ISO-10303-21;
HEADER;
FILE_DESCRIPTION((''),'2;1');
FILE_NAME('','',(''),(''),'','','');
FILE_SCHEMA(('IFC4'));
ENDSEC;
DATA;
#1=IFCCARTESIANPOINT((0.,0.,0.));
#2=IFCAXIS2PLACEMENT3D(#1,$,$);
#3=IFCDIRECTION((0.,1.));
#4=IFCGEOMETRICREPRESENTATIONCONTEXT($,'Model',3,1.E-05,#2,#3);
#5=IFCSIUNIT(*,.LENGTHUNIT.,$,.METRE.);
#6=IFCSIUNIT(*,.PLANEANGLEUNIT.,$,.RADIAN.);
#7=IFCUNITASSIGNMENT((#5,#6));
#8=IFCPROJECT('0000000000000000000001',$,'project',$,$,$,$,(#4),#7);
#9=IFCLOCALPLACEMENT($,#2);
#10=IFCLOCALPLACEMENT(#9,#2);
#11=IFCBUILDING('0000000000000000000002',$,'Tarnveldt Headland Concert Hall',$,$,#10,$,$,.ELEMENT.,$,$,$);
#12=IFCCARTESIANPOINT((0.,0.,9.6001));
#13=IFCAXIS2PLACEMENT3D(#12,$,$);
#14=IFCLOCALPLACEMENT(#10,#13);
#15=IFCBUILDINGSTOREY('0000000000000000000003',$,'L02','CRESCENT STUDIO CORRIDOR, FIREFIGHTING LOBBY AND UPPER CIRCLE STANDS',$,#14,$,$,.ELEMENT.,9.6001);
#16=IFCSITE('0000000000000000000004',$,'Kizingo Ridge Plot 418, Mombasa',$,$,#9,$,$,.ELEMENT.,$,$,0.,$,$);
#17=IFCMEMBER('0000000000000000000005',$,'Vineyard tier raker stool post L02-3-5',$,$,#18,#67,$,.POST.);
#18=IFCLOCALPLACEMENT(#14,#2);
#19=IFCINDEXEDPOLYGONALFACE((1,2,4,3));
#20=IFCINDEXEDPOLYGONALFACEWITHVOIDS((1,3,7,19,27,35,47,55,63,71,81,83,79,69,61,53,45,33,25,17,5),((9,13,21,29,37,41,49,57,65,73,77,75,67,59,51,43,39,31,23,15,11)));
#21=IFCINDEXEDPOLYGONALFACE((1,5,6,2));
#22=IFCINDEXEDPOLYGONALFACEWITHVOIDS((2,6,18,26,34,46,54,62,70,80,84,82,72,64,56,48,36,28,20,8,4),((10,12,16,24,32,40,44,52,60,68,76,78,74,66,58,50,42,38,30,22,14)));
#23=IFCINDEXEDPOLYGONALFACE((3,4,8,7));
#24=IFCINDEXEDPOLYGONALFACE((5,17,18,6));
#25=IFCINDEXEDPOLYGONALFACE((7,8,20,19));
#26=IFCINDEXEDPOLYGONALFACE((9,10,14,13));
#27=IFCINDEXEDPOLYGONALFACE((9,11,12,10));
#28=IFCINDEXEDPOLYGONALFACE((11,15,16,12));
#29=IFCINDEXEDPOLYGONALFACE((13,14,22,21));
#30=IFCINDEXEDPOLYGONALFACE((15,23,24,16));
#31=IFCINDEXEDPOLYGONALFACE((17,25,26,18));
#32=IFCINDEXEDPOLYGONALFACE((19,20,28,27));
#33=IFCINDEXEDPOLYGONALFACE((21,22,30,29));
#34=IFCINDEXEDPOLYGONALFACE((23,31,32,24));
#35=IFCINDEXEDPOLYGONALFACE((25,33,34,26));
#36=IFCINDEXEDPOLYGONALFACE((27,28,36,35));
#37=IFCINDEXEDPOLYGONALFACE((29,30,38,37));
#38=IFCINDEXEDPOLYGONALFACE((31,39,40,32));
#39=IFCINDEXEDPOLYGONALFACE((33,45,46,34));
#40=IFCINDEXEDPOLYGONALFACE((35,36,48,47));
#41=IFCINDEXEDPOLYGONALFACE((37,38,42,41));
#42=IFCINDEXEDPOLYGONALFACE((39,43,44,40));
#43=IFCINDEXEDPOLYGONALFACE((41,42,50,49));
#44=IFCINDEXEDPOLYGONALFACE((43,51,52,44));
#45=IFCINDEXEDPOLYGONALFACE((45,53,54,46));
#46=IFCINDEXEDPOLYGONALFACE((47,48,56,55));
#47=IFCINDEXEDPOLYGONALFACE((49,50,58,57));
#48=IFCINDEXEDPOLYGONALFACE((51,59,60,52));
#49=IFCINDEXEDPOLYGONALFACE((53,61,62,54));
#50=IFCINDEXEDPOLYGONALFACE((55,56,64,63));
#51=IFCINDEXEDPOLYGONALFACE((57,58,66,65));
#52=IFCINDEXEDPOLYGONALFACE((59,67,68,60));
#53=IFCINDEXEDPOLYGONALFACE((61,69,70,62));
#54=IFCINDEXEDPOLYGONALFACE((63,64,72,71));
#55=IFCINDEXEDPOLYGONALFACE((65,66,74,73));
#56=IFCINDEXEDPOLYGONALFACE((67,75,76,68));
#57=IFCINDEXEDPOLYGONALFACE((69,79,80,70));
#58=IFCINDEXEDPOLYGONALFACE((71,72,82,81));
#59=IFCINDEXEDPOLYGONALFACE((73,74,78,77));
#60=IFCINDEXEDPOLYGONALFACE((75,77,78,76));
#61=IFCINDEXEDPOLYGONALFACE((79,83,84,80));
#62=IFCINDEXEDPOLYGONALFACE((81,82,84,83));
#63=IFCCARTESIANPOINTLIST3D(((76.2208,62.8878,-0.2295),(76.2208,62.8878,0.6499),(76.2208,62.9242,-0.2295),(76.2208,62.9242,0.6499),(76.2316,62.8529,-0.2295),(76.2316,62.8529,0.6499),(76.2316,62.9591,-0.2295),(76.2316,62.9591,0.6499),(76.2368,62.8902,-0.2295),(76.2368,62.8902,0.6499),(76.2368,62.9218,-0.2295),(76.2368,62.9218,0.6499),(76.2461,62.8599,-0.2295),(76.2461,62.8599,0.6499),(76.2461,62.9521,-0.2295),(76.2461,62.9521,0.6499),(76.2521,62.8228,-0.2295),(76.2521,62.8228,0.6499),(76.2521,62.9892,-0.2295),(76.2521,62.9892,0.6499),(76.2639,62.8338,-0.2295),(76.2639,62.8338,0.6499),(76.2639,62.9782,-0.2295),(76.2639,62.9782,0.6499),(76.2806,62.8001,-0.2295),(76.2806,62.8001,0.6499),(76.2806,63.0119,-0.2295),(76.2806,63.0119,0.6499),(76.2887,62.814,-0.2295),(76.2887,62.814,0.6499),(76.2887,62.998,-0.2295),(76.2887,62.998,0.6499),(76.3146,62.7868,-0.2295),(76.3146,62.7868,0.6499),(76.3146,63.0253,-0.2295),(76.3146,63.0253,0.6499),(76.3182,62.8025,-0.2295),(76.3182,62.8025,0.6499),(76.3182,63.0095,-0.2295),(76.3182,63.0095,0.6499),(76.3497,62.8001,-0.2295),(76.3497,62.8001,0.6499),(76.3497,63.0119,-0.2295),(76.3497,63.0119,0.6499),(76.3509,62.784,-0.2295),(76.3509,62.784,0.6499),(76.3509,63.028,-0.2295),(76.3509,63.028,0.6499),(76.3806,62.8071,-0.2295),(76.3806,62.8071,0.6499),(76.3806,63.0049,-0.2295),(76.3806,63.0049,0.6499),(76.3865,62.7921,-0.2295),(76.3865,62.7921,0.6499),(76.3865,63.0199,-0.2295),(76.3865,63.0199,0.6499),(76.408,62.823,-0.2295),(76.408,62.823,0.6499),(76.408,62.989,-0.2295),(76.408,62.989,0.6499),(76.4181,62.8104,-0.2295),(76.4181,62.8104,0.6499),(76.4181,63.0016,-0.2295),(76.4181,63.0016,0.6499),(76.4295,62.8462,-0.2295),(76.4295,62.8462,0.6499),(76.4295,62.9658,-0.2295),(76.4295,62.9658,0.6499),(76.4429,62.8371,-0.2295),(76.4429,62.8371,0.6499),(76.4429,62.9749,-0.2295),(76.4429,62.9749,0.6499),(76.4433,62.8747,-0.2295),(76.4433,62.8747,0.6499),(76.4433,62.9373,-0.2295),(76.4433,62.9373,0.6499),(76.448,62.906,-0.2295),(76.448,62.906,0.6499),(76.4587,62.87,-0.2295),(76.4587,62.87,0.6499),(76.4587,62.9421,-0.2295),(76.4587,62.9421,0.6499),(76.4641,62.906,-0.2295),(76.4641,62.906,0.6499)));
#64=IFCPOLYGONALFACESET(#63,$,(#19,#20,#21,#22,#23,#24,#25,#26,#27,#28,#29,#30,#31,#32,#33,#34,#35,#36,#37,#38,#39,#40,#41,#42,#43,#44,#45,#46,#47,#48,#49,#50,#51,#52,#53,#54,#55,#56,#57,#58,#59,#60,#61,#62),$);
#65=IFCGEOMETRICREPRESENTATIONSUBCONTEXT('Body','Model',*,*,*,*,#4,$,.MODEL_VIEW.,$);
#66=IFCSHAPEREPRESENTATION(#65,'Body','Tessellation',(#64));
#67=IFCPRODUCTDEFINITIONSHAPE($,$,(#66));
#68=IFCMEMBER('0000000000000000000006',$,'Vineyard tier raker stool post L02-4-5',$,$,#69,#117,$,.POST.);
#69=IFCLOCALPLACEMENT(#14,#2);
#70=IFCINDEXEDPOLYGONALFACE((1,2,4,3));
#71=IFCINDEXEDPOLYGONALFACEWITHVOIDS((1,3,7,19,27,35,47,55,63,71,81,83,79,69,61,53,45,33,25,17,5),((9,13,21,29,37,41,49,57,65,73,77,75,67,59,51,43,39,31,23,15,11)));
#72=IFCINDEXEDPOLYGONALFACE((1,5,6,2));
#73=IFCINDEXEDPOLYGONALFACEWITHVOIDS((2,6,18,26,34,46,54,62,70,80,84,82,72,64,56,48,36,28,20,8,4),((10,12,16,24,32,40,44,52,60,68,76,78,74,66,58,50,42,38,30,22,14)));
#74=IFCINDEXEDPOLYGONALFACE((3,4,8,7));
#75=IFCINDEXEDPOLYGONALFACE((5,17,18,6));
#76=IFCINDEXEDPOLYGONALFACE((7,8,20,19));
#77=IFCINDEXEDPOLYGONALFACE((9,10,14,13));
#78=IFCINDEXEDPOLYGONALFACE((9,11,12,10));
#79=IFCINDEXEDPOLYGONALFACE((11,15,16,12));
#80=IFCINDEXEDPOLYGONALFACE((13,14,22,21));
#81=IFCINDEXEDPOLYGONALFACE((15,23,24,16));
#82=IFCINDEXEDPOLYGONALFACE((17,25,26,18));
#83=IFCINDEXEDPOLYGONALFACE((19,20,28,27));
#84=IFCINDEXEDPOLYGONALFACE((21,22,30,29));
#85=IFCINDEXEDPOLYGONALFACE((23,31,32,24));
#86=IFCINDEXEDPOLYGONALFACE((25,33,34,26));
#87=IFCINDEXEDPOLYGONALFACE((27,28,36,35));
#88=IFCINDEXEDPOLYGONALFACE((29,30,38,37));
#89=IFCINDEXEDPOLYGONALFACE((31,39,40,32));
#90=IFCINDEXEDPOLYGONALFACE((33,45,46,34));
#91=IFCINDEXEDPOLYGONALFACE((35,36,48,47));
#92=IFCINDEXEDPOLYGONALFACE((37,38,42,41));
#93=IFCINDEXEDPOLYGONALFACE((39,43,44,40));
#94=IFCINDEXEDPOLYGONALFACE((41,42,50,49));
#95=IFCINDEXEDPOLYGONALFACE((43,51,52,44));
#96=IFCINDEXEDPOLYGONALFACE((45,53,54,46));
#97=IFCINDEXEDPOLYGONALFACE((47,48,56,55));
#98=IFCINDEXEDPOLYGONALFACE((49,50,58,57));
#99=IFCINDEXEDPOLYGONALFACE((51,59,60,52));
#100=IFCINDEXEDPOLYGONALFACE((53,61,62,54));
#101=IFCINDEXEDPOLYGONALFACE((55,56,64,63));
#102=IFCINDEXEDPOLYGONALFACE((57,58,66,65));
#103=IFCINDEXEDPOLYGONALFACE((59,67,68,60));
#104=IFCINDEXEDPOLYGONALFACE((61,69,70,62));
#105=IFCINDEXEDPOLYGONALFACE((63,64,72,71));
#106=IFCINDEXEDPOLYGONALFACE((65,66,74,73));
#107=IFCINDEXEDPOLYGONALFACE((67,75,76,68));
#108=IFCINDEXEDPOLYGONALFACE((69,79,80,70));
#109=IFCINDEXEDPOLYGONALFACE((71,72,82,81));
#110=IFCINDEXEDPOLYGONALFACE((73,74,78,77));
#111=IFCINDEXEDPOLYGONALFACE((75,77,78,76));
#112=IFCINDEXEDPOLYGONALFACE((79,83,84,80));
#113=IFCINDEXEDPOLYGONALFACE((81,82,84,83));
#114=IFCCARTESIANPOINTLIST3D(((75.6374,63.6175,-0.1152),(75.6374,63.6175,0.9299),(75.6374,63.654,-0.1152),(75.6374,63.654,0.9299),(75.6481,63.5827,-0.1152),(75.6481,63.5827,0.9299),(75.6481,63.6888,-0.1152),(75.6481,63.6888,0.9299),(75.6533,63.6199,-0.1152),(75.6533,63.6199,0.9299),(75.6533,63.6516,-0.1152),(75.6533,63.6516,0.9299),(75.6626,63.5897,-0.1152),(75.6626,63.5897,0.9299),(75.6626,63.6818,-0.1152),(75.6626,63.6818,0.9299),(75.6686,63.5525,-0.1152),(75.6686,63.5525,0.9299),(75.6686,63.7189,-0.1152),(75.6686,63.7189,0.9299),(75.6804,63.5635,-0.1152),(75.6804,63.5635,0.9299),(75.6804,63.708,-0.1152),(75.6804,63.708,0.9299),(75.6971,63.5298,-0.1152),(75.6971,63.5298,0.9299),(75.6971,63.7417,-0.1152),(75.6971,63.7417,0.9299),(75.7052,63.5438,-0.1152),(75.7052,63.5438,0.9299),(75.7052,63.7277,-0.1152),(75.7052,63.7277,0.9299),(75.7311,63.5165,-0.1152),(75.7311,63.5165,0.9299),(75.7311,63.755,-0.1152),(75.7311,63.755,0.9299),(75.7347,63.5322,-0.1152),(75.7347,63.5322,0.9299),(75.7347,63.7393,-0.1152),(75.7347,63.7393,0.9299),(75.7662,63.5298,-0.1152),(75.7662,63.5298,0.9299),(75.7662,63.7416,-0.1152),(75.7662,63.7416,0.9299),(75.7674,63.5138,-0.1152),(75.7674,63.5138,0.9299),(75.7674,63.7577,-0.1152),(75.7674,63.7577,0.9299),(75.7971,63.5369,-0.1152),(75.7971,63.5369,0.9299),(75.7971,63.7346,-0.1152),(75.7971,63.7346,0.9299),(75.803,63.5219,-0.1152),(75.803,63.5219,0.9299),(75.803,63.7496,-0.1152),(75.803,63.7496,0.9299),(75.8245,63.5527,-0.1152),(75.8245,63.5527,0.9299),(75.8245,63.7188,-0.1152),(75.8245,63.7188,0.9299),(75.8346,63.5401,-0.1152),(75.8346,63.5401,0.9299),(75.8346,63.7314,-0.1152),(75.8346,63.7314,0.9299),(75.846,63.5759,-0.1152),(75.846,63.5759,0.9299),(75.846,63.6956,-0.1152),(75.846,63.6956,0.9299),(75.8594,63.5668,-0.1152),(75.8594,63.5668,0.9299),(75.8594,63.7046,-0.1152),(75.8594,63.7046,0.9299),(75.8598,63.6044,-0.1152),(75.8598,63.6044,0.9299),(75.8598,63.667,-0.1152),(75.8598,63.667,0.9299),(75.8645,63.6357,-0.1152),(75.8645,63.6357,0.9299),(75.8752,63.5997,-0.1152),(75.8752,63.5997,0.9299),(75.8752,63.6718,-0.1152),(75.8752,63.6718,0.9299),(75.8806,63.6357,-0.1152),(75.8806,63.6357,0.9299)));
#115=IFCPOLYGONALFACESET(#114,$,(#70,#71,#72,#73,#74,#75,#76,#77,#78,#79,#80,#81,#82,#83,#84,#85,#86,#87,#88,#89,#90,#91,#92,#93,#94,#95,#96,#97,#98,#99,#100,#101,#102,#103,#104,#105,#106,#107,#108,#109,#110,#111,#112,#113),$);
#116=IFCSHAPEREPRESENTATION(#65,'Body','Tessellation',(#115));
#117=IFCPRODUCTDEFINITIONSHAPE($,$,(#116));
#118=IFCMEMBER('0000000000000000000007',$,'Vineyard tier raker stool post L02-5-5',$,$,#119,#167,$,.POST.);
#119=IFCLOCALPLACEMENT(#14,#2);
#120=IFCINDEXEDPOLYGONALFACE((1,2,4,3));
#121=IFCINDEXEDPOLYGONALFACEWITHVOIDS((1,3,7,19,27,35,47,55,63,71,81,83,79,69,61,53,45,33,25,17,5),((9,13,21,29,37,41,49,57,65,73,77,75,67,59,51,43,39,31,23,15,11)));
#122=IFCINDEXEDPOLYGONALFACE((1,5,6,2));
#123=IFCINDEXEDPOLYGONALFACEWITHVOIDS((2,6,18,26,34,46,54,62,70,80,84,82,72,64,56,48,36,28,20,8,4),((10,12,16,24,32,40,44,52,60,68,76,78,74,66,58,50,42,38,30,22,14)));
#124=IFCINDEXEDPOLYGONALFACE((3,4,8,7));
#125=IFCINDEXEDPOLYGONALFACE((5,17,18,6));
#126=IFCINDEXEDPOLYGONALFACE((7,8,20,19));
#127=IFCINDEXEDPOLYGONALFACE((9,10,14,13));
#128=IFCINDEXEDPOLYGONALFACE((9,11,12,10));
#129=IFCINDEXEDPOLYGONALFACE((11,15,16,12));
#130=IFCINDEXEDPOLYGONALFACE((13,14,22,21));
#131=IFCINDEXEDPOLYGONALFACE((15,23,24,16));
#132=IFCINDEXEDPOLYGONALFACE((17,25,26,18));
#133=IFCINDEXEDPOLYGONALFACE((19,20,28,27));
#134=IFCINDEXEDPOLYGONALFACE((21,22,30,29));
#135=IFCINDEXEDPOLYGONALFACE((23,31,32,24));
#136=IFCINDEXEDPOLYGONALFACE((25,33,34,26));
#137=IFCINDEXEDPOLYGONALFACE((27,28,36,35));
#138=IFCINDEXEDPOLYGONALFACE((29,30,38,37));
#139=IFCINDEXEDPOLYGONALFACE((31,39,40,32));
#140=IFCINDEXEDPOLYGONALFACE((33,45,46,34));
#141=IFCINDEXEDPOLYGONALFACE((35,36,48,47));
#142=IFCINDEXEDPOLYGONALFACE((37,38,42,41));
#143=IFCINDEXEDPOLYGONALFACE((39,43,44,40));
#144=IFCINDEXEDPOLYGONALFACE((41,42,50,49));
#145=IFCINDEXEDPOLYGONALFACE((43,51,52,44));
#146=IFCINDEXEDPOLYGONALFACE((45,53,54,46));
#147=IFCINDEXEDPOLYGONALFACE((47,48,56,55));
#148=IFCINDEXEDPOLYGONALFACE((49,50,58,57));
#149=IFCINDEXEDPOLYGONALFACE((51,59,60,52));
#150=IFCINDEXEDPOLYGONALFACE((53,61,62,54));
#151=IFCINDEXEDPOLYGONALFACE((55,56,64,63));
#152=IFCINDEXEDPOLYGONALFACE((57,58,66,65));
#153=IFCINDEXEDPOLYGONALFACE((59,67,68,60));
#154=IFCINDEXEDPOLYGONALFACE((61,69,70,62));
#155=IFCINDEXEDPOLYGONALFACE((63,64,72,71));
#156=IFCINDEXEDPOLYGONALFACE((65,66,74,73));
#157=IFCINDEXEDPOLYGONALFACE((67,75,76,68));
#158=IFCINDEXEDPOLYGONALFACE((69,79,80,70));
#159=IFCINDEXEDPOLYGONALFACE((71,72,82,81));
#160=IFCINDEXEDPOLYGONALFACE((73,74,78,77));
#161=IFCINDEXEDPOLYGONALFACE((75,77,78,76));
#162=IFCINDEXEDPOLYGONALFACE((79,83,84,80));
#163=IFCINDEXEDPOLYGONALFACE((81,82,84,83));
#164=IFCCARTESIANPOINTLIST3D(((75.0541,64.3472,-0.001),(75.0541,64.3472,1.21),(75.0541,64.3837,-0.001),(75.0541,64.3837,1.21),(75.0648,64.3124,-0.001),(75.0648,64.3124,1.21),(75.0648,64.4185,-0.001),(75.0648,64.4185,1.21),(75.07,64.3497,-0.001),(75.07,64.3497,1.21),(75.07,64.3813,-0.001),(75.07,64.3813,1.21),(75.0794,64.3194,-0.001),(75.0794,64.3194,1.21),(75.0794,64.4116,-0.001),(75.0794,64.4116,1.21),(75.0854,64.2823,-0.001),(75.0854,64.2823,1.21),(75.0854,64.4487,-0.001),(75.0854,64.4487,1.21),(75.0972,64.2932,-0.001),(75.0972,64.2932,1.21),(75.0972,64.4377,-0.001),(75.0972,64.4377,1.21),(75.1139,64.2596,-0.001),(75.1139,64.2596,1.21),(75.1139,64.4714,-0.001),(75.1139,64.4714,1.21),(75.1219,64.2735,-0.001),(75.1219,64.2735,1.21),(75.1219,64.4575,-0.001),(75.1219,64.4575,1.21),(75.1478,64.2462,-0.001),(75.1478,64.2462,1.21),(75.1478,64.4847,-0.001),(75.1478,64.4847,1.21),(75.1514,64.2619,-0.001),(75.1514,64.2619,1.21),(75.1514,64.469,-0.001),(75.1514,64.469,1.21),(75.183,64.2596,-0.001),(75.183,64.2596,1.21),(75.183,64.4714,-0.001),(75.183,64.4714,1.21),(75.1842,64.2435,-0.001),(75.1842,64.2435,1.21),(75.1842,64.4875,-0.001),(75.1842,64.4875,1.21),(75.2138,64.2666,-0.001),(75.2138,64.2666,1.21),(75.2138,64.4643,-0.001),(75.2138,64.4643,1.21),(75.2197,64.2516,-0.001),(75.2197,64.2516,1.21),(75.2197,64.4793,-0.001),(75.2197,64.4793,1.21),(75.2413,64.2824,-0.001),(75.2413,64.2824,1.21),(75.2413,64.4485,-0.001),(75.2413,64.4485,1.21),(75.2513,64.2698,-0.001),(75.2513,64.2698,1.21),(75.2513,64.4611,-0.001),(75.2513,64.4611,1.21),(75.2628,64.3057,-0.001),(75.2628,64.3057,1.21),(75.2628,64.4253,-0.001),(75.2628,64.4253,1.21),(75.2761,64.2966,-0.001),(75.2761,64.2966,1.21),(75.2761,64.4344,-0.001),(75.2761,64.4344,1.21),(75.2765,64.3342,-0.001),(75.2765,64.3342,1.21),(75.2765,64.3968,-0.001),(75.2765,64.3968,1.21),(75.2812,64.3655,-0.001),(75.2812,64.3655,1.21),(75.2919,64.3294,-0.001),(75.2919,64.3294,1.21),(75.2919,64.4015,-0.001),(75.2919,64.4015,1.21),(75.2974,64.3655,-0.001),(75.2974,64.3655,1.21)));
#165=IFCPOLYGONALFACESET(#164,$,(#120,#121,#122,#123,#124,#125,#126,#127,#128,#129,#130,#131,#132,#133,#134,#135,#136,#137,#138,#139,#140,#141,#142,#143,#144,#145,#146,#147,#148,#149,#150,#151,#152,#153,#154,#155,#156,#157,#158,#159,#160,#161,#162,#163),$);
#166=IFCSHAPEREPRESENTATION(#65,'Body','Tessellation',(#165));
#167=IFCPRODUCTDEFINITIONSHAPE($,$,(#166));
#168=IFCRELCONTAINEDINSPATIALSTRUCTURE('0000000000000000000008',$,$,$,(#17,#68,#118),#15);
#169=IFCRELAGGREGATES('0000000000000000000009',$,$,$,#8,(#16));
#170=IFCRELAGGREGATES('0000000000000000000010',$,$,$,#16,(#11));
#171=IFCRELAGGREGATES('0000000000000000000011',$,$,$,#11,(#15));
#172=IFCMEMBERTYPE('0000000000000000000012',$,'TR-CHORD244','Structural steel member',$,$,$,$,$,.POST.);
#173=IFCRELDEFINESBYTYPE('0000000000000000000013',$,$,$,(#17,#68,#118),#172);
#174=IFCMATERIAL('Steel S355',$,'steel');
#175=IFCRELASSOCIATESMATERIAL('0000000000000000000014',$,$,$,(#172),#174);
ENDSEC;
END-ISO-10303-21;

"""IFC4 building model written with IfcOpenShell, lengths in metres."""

from ifc_helpers import new_model, si_unit, direction, frame, origin, origin_2d, place, context, subcontext, project, spatial, hollow_circle, extrude, material, material_profile, profile_set, type_object, element, save


model = new_model("IFC4")

# Units and contexts
model_context = context("Model", 3, precision=1e-05, world=origin(), true_north=direction((0.0, 1.0)))
body_context = subcontext(model_context, "Body", "Model", "MODEL_VIEW")
ifc_project = project(units=[si_unit("LENGTHUNIT", "METRE"), si_unit("PLANEANGLEUNIT", "RADIAN")], contexts=[model_context])

# Site, building, storey
site_placement = place(None, origin())
site = spatial("IfcSite", under=ifc_project, at=site_placement, Name="Kizingo Ridge Plot 418, Mombasa", CompositionType="ELEMENT", RefElevation=0.0)
building_placement = place(site_placement, origin())
building = spatial("IfcBuilding", under=site, at=building_placement, Name="Tarnveldt Headland Concert Hall", CompositionType="ELEMENT")
storey_placement = place(building_placement, frame((0.0, 0.0, 9.6001)))
storey = spatial("IfcBuildingStorey", under=building, at=storey_placement, Name="L02", Description="CRESCENT STUDIO CORRIDOR, FIREFIGHTING LOBBY AND UPPER CIRCLE STANDS", CompositionType="ELEMENT", Elevation=9.6001)

# Shared definitions
ifc_material_1 = material(Name="Steel S355", Category="steel")

# Members
ifc_material_profile_1 = material_profile(ifc_material_1, hollow_circle(Radius=0.1223, WallThickness=0.0161, at=origin_2d()), Name="CHS 244.5x16", Category="steel")
ifc_profile_set_1 = profile_set([ifc_material_profile_1], Name="Steel S355")
member_type_1 = type_object("IfcMemberType", Name="TR-CHORD244", Description="Structural steel member", PredefinedType="POST", material=ifc_profile_set_1)
member_1_placement = place(storey_placement, frame((76.3418, 62.906, -0.2295), z_axis=(0.0, 0.0, 1.0), x_axis=(1.0, 0.0, 0.0)))
element("IfcMember", 1, at=member_1_placement, inside=storey, type_object=member_type_1, Name="Vineyard tier raker stool post L02-3-5", PredefinedType="POST", context=body_context, shape_type="SweptSolid", body=[
    extrude(hollow_circle(Radius=0.1223, WallThickness=0.0161, at=origin_2d()), origin(), (0.0, 0.0, 1.0), 0.8794),
])
member_2_placement = place(storey_placement, frame((75.7583, 63.6357, -0.1152), z_axis=(0.0, 0.0, 1.0), x_axis=(1.0, 0.0, 0.0)))
element("IfcMember", 2, at=member_2_placement, inside=storey, type_object=member_type_1, Name="Vineyard tier raker stool post L02-4-5", PredefinedType="POST", context=body_context, shape_type="SweptSolid", body=[
    extrude(hollow_circle(Radius=0.1223, WallThickness=0.0161, at=origin_2d()), origin(), (0.0, 0.0, 1.0), 1.0452),
])
member_3_placement = place(storey_placement, frame((75.175, 64.3655, -0.001), z_axis=(0.0, 0.0, 1.0), x_axis=(1.0, 0.0, 0.0)))
element("IfcMember", 3, at=member_3_placement, inside=storey, type_object=member_type_1, Name="Vineyard tier raker stool post L02-5-5", PredefinedType="POST", context=body_context, shape_type="SweptSolid", body=[
    extrude(hollow_circle(Radius=0.1223, WallThickness=0.0161, at=origin_2d()), origin(), (0.0, 0.0, 1.0), 1.2109),
])

save(model, "model.ifc")
